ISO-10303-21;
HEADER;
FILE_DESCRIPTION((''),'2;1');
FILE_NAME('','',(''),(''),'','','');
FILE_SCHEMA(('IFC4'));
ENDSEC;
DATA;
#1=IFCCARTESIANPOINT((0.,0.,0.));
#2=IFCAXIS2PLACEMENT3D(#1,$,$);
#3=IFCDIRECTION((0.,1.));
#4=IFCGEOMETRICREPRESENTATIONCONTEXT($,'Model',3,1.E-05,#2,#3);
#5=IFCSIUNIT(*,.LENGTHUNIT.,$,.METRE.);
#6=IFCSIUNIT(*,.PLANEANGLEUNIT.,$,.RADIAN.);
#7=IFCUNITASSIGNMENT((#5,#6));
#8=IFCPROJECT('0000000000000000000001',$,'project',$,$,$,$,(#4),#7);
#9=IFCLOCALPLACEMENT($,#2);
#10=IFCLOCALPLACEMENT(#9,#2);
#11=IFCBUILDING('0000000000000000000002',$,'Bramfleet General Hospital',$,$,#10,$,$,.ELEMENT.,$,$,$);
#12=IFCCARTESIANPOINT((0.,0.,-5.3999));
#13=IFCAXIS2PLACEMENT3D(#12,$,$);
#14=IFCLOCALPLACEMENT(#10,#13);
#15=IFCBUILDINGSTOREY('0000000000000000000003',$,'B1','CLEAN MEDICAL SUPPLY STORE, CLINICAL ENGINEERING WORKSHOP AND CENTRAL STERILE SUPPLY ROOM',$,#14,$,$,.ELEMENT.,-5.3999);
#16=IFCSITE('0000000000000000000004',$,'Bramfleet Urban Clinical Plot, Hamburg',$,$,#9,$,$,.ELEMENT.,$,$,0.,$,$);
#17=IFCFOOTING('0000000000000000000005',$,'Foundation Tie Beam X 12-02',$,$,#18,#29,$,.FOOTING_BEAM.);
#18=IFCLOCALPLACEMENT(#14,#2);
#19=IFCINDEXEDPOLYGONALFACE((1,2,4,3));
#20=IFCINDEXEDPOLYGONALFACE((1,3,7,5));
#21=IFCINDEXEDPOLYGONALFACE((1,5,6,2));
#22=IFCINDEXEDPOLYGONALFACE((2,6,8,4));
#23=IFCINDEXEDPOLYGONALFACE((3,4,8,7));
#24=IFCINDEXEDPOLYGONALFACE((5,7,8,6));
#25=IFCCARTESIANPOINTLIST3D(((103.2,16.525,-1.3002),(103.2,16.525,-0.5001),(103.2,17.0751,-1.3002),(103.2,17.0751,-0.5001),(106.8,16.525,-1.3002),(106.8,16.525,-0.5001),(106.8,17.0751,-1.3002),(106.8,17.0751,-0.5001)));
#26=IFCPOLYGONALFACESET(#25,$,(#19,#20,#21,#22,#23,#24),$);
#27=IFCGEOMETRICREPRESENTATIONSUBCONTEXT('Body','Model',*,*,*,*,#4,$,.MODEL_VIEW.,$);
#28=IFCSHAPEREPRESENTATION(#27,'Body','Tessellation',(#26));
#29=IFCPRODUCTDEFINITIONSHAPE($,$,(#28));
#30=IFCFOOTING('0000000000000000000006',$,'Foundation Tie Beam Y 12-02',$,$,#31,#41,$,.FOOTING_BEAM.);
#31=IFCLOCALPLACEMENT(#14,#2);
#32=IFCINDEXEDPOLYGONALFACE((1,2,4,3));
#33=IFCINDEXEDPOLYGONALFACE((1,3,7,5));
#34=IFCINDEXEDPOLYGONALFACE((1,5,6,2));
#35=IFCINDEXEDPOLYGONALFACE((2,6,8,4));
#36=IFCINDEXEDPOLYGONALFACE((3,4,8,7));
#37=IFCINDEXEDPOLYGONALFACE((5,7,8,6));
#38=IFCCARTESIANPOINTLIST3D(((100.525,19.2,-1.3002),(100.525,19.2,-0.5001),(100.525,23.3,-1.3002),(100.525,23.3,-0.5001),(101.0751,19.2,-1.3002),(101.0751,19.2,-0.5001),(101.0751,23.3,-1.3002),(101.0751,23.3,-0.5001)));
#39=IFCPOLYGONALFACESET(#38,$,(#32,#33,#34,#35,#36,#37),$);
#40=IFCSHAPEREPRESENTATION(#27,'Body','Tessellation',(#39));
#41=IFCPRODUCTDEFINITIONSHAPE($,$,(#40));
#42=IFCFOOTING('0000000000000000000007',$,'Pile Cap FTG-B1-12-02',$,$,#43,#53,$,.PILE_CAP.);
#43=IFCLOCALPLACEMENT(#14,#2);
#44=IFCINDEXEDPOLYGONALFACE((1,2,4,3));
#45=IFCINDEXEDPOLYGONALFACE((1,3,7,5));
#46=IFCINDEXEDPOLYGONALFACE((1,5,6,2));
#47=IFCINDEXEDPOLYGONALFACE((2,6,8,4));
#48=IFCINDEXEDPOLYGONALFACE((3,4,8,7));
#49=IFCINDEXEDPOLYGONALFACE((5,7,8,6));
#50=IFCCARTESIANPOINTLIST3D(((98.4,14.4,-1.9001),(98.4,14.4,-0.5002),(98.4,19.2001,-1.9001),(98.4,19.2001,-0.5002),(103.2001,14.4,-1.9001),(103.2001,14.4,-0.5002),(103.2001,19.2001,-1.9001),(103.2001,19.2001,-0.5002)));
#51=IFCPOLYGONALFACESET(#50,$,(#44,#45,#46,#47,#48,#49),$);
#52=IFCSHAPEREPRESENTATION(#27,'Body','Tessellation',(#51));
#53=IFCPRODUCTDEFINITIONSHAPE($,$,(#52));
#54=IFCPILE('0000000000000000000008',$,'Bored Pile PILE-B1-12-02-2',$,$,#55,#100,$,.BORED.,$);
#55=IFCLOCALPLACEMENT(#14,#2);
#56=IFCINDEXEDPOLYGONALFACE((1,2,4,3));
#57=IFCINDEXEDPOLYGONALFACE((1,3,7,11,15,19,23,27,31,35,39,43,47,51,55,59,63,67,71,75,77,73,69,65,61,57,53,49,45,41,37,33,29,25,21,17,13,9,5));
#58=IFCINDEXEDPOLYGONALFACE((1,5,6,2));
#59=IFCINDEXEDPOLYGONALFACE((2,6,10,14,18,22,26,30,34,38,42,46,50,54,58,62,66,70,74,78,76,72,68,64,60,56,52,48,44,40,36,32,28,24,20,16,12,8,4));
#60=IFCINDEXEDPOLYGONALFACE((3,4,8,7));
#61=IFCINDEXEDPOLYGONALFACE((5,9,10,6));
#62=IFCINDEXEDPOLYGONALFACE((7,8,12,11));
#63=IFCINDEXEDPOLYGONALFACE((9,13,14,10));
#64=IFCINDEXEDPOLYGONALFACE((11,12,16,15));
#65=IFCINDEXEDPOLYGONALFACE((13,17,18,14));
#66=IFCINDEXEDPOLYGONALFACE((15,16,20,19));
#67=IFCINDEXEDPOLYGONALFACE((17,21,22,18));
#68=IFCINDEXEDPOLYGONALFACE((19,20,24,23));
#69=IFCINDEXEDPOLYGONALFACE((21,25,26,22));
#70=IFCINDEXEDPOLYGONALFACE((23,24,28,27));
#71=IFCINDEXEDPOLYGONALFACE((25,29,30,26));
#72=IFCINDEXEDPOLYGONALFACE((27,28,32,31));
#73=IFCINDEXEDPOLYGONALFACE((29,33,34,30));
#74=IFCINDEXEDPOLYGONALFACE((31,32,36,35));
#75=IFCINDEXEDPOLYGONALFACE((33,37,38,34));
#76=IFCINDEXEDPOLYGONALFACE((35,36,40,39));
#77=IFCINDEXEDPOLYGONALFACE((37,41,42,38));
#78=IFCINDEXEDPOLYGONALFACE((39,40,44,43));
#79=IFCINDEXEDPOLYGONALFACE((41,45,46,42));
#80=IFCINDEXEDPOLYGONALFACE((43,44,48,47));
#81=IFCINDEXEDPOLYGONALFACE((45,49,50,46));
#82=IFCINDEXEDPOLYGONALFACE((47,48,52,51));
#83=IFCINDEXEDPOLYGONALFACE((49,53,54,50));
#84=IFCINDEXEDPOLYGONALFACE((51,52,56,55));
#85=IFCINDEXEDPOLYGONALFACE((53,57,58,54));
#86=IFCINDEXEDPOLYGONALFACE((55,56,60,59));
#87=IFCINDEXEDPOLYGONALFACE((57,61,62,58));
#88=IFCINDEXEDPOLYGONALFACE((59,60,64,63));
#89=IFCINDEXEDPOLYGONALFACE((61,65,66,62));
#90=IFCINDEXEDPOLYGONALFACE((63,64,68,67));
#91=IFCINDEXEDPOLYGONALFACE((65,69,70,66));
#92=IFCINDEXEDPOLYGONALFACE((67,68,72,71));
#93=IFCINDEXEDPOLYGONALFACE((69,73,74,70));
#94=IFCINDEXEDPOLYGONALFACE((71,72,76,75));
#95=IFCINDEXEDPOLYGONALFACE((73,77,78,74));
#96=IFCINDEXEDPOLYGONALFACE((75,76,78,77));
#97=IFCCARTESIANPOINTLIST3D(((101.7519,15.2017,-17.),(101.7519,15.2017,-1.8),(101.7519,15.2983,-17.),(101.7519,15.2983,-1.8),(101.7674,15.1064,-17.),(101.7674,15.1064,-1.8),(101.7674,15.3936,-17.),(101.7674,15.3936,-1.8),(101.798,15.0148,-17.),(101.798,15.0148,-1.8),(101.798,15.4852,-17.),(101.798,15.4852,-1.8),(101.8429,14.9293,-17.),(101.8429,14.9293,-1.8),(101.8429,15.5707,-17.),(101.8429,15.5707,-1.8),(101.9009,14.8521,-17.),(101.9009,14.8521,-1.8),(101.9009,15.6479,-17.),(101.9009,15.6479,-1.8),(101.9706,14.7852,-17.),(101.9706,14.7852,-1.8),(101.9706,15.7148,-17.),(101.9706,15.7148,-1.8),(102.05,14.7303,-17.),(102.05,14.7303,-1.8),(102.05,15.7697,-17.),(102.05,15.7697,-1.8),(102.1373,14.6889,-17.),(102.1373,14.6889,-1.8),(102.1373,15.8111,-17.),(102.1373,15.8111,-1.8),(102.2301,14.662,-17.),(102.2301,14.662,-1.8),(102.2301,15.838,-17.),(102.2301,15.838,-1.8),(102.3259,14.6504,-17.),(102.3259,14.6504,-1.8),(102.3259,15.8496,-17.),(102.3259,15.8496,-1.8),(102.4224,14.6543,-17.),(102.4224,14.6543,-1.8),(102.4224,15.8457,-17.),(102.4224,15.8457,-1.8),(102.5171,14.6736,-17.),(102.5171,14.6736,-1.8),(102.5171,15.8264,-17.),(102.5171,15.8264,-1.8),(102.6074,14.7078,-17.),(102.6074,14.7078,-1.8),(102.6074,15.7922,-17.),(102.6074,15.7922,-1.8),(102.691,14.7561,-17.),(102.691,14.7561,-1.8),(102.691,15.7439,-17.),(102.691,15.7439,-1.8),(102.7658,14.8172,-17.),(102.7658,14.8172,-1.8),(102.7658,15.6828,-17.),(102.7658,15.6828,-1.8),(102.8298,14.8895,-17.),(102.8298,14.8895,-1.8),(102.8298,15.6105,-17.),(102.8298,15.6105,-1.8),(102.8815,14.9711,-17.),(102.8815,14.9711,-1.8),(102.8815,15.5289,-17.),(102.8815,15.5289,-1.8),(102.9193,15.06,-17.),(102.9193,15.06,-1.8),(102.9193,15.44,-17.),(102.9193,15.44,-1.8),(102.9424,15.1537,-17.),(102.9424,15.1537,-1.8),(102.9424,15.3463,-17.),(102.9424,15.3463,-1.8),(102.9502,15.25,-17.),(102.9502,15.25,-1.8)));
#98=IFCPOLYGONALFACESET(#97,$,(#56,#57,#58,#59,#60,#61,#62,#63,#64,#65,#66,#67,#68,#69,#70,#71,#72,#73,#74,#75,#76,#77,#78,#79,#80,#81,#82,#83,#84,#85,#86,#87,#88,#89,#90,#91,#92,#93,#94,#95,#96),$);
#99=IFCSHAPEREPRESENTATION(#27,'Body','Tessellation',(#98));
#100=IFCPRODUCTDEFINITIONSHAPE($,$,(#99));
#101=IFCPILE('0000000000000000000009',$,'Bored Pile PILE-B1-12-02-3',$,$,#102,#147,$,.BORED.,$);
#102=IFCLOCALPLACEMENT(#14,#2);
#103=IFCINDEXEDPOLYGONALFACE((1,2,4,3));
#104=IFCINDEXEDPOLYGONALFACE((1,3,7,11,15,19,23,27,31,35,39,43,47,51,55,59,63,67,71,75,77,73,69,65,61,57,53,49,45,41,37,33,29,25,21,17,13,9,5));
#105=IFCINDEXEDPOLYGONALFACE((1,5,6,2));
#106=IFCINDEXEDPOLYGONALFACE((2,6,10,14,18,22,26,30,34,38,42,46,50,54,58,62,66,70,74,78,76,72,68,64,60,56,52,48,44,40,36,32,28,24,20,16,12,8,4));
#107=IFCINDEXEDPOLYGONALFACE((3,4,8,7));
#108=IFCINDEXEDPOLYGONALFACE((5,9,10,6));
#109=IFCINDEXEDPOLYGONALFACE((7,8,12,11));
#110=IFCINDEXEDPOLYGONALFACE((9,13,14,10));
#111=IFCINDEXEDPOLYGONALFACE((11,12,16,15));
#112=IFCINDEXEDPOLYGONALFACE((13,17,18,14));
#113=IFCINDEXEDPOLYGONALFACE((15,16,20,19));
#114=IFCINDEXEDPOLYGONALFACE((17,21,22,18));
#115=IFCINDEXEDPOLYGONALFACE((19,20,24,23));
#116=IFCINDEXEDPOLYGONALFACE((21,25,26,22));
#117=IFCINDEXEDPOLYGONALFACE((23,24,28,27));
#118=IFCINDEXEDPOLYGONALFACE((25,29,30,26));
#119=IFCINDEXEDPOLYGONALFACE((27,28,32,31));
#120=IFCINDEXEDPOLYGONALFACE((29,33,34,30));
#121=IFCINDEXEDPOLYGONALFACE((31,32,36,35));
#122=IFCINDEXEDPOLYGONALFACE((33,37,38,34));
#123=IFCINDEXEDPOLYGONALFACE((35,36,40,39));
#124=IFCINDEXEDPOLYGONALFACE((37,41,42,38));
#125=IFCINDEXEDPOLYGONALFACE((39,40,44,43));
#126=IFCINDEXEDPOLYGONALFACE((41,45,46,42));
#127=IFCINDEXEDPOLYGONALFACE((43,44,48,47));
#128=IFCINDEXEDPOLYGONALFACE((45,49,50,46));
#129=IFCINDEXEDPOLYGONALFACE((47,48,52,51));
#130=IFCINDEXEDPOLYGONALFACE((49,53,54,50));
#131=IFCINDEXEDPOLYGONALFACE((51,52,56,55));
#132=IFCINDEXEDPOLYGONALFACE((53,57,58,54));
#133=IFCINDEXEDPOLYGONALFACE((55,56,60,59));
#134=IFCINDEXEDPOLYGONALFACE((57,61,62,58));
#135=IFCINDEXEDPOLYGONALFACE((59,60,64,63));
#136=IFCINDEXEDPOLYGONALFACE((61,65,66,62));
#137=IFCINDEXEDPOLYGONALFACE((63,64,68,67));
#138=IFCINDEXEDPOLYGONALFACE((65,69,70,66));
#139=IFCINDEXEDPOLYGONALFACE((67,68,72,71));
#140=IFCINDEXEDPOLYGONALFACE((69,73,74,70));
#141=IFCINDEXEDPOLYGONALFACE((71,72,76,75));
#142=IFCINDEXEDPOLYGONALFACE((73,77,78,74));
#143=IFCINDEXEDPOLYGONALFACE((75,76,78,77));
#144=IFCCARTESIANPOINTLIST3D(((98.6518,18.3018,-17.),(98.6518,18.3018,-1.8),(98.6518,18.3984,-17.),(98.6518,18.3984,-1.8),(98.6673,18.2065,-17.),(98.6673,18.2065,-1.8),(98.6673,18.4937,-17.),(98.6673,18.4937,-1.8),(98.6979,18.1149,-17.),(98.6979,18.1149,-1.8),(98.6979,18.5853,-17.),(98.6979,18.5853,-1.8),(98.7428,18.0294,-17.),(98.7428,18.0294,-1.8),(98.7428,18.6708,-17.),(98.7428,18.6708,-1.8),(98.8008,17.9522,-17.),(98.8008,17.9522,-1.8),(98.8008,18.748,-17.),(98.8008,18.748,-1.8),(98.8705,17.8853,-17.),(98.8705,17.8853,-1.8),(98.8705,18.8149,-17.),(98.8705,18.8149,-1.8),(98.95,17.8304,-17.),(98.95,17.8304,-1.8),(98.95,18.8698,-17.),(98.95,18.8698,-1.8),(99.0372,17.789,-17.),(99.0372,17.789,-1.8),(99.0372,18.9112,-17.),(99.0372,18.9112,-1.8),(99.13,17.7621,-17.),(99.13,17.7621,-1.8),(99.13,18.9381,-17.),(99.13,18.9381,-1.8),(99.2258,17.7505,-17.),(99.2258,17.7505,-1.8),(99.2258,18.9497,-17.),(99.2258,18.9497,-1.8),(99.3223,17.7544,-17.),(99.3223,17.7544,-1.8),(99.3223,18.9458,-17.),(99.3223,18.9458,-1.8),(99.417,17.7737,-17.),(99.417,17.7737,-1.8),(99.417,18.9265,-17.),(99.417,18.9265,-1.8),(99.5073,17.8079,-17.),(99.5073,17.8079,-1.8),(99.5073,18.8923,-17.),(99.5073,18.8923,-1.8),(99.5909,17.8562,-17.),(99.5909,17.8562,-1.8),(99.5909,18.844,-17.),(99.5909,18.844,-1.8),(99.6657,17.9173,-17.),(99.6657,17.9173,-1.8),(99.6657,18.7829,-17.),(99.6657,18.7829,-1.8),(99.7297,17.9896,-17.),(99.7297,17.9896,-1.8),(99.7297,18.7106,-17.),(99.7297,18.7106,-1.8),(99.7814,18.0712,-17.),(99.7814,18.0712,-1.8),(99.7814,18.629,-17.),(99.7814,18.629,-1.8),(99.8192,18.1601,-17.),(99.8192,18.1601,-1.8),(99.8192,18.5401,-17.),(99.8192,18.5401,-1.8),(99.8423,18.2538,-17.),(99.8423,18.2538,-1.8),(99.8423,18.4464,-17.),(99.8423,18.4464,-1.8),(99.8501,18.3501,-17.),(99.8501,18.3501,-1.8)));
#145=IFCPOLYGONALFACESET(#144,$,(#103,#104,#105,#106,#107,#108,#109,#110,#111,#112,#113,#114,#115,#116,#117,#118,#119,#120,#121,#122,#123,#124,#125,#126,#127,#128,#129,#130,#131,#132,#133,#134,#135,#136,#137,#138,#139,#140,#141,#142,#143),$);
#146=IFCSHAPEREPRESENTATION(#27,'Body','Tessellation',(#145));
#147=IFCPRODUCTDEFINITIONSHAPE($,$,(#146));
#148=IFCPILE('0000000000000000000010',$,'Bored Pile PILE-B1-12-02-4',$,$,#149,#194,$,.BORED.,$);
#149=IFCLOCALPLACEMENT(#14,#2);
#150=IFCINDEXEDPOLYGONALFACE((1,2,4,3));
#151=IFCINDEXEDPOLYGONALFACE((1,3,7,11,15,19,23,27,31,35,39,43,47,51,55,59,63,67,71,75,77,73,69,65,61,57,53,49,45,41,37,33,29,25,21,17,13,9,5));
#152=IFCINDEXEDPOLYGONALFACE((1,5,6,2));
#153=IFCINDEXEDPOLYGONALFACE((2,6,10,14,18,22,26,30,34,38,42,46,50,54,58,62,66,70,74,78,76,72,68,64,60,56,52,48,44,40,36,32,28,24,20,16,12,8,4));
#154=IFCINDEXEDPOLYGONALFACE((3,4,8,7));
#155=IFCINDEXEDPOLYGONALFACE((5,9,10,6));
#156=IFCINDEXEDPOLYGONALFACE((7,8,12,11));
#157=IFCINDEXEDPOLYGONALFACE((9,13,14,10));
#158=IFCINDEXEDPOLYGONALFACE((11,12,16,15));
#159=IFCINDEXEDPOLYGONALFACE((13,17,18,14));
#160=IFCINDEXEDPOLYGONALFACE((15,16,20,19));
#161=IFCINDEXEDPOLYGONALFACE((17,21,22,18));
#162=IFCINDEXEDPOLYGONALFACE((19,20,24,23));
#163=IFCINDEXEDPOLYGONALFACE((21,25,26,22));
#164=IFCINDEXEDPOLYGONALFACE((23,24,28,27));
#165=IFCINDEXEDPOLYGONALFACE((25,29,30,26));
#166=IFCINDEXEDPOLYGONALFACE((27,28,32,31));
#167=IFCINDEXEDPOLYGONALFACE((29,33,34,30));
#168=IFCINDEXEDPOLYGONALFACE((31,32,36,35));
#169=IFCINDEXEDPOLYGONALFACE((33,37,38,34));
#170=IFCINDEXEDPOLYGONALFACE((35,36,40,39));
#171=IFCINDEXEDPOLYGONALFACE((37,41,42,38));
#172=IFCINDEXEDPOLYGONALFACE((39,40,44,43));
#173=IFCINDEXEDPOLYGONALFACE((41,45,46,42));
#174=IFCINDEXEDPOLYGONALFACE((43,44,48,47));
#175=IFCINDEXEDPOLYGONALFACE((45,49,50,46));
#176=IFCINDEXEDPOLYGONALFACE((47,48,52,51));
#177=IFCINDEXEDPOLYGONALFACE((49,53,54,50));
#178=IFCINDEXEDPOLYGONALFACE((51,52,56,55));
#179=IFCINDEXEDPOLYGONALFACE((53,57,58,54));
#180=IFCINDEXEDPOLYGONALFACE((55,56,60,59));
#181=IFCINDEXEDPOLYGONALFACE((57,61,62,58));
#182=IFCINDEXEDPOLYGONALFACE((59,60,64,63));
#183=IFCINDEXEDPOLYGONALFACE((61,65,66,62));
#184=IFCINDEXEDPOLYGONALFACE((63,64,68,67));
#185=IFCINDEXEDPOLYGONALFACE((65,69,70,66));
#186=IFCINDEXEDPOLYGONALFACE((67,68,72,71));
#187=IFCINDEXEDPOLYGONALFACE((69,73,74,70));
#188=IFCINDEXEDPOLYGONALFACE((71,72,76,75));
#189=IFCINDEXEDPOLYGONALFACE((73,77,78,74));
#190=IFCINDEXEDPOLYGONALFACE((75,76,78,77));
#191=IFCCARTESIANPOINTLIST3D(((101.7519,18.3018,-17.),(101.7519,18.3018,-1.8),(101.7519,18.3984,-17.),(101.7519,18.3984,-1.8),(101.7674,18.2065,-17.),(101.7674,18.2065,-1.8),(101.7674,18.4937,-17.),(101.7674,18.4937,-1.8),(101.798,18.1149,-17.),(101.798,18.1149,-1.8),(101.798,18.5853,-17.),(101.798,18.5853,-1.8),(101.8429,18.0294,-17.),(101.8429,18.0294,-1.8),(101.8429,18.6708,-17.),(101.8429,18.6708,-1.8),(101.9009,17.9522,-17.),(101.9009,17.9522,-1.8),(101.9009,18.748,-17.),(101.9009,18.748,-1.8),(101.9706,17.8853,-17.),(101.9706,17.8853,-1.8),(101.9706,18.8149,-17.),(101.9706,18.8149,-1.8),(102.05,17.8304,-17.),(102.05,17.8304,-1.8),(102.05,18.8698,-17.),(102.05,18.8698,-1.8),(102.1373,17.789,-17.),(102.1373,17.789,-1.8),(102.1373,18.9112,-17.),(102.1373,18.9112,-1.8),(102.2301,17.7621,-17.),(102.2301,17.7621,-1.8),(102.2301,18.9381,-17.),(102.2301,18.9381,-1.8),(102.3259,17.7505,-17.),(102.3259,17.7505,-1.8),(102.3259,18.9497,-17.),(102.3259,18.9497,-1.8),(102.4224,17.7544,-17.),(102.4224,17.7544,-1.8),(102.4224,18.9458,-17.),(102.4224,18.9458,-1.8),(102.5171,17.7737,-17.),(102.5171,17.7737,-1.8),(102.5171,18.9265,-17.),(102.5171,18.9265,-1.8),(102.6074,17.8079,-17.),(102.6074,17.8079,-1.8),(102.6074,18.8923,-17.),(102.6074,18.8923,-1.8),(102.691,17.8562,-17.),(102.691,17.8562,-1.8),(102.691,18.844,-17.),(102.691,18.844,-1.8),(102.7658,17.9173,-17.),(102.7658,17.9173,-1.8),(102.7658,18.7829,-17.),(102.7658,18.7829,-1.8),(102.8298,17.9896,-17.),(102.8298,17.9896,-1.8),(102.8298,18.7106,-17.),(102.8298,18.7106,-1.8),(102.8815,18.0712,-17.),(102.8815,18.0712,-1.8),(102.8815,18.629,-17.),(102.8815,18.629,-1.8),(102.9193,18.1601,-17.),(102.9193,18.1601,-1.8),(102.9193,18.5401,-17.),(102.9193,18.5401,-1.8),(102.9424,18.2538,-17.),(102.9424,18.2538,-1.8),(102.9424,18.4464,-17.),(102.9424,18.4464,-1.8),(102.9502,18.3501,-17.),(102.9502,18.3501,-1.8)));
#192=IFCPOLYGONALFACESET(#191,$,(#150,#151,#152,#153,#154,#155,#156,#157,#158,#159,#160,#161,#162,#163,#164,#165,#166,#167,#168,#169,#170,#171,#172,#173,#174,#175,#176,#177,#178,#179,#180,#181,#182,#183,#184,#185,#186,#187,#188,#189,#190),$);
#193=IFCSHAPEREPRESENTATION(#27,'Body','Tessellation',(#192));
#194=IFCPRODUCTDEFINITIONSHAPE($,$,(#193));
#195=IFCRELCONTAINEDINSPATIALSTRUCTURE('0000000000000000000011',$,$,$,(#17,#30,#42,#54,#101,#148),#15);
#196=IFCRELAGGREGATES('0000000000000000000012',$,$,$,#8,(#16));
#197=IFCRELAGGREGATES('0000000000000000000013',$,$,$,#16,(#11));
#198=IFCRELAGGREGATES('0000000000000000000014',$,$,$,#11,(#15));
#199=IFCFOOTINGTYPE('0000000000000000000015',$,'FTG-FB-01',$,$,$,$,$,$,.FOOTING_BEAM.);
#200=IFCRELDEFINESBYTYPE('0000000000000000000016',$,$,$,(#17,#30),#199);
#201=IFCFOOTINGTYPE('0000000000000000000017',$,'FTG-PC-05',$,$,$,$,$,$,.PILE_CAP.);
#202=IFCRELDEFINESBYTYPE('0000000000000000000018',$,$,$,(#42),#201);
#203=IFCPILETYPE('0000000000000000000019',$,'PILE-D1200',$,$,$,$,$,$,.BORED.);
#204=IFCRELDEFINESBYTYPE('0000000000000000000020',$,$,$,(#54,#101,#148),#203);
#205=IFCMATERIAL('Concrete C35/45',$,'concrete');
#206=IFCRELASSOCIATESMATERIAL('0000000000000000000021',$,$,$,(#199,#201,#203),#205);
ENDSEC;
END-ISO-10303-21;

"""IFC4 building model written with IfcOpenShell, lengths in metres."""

from ifc_helpers import new_model, si_unit, direction, frame, origin, origin_2d, place, context, subcontext, project, spatial, rectangle, circle, extrude, material, material_profile, profile_set, type_object, element, save


model = new_model("IFC4")

# Units and contexts
model_context = context("Model", 3, precision=1e-05, world=origin(), true_north=direction((0.0, 1.0)))
body_context = subcontext(model_context, "Body", "Model", "MODEL_VIEW")
ifc_project = project(units=[si_unit("LENGTHUNIT", "METRE"), si_unit("PLANEANGLEUNIT", "RADIAN")], contexts=[model_context])

# Site, building, storey
site_placement = place(None, origin())
site = spatial("IfcSite", under=ifc_project, at=site_placement, Name="Bramfleet Urban Clinical Plot, Hamburg", CompositionType="ELEMENT", RefElevation=0.0)
building_placement = place(site_placement, origin())
building = spatial("IfcBuilding", under=site, at=building_placement, Name="Bramfleet General Hospital", CompositionType="ELEMENT")
storey_placement = place(building_placement, frame((0.0, 0.0, -5.3999)))
storey = spatial("IfcBuildingStorey", under=building, at=storey_placement, Name="B1", Description="CLEAN MEDICAL SUPPLY STORE, CLINICAL ENGINEERING WORKSHOP AND CENTRAL STERILE SUPPLY ROOM", CompositionType="ELEMENT", Elevation=-5.3999)

# Footings
ifc_material_1 = material(Name="Concrete C35/45", Category="concrete")
ifc_material_profile_1 = material_profile(ifc_material_1, rectangle(XDim=0.55, YDim=0.8, at=origin_2d()), Name="RC FB 800x550")
ifc_profile_set_1 = profile_set([ifc_material_profile_1], Name="Concrete C35/45")
footing_type_1 = type_object("IfcFootingType", Name="FTG-FB-01", PredefinedType="FOOTING_BEAM", material=ifc_profile_set_1)
footing_1_placement = place(storey_placement, frame((103.2, 16.8, -0.9001), z_axis=(1.0, 0.0, 0.0), x_axis=(0.0, 1.0, 0.0)))
element("IfcFooting", 1, at=footing_1_placement, inside=storey, type_object=footing_type_1, Name="Foundation Tie Beam X 12-02", PredefinedType="FOOTING_BEAM", context=body_context, shape_type="SweptSolid", body=[
    extrude(rectangle(XDim=0.55, YDim=0.8, at=origin_2d()), origin(), (0.0, 0.0, 1.0), 3.6001),
])
footing_2_placement = place(storey_placement, frame((100.8, 19.2, -0.9001), z_axis=(0.0, 1.0, 0.0), x_axis=(-1.0, 0.0, 0.0)))
element("IfcFooting", 2, at=footing_2_placement, inside=storey, type_object=footing_type_1, Name="Foundation Tie Beam Y 12-02", PredefinedType="FOOTING_BEAM", context=body_context, shape_type="SweptSolid", body=[
    extrude(rectangle(XDim=0.55, YDim=0.8, at=origin_2d()), origin(), (0.0, 0.0, 1.0), 4.1001),
])
footing_type_2 = type_object("IfcFootingType", Name="FTG-PC-05", PredefinedType="PILE_CAP", material=ifc_material_1)
footing_3_placement = place(storey_placement, frame((100.8, 16.8, -1.9001), z_axis=(0.0, 0.0, 1.0), x_axis=(1.0, 0.0, 0.0)))
element("IfcFooting", 3, at=footing_3_placement, inside=storey, type_object=footing_type_2, Name="Pile Cap FTG-B1-12-02", PredefinedType="PILE_CAP", context=body_context, shape_type="SweptSolid", body=[
    extrude(rectangle(XDim=4.8, YDim=4.8, at=origin_2d()), origin(), (0.0, 0.0, 1.0), 1.3999),
])

# Piles
ifc_material_profile_2 = material_profile(ifc_material_1, circle(Radius=0.6001, at=origin_2d()), Name="PILE BORED D1200")
ifc_profile_set_2 = profile_set([ifc_material_profile_2], Name="Concrete C35/45")
pile_type_1 = type_object("IfcPileType", Name="PILE-D1200", PredefinedType="BORED", material=ifc_profile_set_2)
for number, where, z_axis, x_axis, name in (
    (4, (102.3501, 15.25, -1.8), (0.0, 0.0, -1.0), (1.0, 0.0, 0.0), "Bored Pile PILE-B1-12-02-2"),
    (5, (99.25, 18.3501, -1.8), (0.0, 0.0, -1.0), (1.0, 0.0, 0.0), "Bored Pile PILE-B1-12-02-3"),
    (6, (102.3501, 18.3501, -1.8), (0.0, 0.0, -1.0), (1.0, 0.0, 0.0), "Bored Pile PILE-B1-12-02-4"),
):
    element("IfcPile", number, at=place(storey_placement, frame(where, z_axis=z_axis, x_axis=x_axis)), inside=storey, type_object=pile_type_1, Name=name, PredefinedType="BORED", context=body_context, shape_type="SweptSolid", body=[
        extrude(circle(Radius=0.6001, at=origin_2d()), origin(), (0.0, 0.0, 1.0), 15.2),
    ])

save(model, "model.ifc")
